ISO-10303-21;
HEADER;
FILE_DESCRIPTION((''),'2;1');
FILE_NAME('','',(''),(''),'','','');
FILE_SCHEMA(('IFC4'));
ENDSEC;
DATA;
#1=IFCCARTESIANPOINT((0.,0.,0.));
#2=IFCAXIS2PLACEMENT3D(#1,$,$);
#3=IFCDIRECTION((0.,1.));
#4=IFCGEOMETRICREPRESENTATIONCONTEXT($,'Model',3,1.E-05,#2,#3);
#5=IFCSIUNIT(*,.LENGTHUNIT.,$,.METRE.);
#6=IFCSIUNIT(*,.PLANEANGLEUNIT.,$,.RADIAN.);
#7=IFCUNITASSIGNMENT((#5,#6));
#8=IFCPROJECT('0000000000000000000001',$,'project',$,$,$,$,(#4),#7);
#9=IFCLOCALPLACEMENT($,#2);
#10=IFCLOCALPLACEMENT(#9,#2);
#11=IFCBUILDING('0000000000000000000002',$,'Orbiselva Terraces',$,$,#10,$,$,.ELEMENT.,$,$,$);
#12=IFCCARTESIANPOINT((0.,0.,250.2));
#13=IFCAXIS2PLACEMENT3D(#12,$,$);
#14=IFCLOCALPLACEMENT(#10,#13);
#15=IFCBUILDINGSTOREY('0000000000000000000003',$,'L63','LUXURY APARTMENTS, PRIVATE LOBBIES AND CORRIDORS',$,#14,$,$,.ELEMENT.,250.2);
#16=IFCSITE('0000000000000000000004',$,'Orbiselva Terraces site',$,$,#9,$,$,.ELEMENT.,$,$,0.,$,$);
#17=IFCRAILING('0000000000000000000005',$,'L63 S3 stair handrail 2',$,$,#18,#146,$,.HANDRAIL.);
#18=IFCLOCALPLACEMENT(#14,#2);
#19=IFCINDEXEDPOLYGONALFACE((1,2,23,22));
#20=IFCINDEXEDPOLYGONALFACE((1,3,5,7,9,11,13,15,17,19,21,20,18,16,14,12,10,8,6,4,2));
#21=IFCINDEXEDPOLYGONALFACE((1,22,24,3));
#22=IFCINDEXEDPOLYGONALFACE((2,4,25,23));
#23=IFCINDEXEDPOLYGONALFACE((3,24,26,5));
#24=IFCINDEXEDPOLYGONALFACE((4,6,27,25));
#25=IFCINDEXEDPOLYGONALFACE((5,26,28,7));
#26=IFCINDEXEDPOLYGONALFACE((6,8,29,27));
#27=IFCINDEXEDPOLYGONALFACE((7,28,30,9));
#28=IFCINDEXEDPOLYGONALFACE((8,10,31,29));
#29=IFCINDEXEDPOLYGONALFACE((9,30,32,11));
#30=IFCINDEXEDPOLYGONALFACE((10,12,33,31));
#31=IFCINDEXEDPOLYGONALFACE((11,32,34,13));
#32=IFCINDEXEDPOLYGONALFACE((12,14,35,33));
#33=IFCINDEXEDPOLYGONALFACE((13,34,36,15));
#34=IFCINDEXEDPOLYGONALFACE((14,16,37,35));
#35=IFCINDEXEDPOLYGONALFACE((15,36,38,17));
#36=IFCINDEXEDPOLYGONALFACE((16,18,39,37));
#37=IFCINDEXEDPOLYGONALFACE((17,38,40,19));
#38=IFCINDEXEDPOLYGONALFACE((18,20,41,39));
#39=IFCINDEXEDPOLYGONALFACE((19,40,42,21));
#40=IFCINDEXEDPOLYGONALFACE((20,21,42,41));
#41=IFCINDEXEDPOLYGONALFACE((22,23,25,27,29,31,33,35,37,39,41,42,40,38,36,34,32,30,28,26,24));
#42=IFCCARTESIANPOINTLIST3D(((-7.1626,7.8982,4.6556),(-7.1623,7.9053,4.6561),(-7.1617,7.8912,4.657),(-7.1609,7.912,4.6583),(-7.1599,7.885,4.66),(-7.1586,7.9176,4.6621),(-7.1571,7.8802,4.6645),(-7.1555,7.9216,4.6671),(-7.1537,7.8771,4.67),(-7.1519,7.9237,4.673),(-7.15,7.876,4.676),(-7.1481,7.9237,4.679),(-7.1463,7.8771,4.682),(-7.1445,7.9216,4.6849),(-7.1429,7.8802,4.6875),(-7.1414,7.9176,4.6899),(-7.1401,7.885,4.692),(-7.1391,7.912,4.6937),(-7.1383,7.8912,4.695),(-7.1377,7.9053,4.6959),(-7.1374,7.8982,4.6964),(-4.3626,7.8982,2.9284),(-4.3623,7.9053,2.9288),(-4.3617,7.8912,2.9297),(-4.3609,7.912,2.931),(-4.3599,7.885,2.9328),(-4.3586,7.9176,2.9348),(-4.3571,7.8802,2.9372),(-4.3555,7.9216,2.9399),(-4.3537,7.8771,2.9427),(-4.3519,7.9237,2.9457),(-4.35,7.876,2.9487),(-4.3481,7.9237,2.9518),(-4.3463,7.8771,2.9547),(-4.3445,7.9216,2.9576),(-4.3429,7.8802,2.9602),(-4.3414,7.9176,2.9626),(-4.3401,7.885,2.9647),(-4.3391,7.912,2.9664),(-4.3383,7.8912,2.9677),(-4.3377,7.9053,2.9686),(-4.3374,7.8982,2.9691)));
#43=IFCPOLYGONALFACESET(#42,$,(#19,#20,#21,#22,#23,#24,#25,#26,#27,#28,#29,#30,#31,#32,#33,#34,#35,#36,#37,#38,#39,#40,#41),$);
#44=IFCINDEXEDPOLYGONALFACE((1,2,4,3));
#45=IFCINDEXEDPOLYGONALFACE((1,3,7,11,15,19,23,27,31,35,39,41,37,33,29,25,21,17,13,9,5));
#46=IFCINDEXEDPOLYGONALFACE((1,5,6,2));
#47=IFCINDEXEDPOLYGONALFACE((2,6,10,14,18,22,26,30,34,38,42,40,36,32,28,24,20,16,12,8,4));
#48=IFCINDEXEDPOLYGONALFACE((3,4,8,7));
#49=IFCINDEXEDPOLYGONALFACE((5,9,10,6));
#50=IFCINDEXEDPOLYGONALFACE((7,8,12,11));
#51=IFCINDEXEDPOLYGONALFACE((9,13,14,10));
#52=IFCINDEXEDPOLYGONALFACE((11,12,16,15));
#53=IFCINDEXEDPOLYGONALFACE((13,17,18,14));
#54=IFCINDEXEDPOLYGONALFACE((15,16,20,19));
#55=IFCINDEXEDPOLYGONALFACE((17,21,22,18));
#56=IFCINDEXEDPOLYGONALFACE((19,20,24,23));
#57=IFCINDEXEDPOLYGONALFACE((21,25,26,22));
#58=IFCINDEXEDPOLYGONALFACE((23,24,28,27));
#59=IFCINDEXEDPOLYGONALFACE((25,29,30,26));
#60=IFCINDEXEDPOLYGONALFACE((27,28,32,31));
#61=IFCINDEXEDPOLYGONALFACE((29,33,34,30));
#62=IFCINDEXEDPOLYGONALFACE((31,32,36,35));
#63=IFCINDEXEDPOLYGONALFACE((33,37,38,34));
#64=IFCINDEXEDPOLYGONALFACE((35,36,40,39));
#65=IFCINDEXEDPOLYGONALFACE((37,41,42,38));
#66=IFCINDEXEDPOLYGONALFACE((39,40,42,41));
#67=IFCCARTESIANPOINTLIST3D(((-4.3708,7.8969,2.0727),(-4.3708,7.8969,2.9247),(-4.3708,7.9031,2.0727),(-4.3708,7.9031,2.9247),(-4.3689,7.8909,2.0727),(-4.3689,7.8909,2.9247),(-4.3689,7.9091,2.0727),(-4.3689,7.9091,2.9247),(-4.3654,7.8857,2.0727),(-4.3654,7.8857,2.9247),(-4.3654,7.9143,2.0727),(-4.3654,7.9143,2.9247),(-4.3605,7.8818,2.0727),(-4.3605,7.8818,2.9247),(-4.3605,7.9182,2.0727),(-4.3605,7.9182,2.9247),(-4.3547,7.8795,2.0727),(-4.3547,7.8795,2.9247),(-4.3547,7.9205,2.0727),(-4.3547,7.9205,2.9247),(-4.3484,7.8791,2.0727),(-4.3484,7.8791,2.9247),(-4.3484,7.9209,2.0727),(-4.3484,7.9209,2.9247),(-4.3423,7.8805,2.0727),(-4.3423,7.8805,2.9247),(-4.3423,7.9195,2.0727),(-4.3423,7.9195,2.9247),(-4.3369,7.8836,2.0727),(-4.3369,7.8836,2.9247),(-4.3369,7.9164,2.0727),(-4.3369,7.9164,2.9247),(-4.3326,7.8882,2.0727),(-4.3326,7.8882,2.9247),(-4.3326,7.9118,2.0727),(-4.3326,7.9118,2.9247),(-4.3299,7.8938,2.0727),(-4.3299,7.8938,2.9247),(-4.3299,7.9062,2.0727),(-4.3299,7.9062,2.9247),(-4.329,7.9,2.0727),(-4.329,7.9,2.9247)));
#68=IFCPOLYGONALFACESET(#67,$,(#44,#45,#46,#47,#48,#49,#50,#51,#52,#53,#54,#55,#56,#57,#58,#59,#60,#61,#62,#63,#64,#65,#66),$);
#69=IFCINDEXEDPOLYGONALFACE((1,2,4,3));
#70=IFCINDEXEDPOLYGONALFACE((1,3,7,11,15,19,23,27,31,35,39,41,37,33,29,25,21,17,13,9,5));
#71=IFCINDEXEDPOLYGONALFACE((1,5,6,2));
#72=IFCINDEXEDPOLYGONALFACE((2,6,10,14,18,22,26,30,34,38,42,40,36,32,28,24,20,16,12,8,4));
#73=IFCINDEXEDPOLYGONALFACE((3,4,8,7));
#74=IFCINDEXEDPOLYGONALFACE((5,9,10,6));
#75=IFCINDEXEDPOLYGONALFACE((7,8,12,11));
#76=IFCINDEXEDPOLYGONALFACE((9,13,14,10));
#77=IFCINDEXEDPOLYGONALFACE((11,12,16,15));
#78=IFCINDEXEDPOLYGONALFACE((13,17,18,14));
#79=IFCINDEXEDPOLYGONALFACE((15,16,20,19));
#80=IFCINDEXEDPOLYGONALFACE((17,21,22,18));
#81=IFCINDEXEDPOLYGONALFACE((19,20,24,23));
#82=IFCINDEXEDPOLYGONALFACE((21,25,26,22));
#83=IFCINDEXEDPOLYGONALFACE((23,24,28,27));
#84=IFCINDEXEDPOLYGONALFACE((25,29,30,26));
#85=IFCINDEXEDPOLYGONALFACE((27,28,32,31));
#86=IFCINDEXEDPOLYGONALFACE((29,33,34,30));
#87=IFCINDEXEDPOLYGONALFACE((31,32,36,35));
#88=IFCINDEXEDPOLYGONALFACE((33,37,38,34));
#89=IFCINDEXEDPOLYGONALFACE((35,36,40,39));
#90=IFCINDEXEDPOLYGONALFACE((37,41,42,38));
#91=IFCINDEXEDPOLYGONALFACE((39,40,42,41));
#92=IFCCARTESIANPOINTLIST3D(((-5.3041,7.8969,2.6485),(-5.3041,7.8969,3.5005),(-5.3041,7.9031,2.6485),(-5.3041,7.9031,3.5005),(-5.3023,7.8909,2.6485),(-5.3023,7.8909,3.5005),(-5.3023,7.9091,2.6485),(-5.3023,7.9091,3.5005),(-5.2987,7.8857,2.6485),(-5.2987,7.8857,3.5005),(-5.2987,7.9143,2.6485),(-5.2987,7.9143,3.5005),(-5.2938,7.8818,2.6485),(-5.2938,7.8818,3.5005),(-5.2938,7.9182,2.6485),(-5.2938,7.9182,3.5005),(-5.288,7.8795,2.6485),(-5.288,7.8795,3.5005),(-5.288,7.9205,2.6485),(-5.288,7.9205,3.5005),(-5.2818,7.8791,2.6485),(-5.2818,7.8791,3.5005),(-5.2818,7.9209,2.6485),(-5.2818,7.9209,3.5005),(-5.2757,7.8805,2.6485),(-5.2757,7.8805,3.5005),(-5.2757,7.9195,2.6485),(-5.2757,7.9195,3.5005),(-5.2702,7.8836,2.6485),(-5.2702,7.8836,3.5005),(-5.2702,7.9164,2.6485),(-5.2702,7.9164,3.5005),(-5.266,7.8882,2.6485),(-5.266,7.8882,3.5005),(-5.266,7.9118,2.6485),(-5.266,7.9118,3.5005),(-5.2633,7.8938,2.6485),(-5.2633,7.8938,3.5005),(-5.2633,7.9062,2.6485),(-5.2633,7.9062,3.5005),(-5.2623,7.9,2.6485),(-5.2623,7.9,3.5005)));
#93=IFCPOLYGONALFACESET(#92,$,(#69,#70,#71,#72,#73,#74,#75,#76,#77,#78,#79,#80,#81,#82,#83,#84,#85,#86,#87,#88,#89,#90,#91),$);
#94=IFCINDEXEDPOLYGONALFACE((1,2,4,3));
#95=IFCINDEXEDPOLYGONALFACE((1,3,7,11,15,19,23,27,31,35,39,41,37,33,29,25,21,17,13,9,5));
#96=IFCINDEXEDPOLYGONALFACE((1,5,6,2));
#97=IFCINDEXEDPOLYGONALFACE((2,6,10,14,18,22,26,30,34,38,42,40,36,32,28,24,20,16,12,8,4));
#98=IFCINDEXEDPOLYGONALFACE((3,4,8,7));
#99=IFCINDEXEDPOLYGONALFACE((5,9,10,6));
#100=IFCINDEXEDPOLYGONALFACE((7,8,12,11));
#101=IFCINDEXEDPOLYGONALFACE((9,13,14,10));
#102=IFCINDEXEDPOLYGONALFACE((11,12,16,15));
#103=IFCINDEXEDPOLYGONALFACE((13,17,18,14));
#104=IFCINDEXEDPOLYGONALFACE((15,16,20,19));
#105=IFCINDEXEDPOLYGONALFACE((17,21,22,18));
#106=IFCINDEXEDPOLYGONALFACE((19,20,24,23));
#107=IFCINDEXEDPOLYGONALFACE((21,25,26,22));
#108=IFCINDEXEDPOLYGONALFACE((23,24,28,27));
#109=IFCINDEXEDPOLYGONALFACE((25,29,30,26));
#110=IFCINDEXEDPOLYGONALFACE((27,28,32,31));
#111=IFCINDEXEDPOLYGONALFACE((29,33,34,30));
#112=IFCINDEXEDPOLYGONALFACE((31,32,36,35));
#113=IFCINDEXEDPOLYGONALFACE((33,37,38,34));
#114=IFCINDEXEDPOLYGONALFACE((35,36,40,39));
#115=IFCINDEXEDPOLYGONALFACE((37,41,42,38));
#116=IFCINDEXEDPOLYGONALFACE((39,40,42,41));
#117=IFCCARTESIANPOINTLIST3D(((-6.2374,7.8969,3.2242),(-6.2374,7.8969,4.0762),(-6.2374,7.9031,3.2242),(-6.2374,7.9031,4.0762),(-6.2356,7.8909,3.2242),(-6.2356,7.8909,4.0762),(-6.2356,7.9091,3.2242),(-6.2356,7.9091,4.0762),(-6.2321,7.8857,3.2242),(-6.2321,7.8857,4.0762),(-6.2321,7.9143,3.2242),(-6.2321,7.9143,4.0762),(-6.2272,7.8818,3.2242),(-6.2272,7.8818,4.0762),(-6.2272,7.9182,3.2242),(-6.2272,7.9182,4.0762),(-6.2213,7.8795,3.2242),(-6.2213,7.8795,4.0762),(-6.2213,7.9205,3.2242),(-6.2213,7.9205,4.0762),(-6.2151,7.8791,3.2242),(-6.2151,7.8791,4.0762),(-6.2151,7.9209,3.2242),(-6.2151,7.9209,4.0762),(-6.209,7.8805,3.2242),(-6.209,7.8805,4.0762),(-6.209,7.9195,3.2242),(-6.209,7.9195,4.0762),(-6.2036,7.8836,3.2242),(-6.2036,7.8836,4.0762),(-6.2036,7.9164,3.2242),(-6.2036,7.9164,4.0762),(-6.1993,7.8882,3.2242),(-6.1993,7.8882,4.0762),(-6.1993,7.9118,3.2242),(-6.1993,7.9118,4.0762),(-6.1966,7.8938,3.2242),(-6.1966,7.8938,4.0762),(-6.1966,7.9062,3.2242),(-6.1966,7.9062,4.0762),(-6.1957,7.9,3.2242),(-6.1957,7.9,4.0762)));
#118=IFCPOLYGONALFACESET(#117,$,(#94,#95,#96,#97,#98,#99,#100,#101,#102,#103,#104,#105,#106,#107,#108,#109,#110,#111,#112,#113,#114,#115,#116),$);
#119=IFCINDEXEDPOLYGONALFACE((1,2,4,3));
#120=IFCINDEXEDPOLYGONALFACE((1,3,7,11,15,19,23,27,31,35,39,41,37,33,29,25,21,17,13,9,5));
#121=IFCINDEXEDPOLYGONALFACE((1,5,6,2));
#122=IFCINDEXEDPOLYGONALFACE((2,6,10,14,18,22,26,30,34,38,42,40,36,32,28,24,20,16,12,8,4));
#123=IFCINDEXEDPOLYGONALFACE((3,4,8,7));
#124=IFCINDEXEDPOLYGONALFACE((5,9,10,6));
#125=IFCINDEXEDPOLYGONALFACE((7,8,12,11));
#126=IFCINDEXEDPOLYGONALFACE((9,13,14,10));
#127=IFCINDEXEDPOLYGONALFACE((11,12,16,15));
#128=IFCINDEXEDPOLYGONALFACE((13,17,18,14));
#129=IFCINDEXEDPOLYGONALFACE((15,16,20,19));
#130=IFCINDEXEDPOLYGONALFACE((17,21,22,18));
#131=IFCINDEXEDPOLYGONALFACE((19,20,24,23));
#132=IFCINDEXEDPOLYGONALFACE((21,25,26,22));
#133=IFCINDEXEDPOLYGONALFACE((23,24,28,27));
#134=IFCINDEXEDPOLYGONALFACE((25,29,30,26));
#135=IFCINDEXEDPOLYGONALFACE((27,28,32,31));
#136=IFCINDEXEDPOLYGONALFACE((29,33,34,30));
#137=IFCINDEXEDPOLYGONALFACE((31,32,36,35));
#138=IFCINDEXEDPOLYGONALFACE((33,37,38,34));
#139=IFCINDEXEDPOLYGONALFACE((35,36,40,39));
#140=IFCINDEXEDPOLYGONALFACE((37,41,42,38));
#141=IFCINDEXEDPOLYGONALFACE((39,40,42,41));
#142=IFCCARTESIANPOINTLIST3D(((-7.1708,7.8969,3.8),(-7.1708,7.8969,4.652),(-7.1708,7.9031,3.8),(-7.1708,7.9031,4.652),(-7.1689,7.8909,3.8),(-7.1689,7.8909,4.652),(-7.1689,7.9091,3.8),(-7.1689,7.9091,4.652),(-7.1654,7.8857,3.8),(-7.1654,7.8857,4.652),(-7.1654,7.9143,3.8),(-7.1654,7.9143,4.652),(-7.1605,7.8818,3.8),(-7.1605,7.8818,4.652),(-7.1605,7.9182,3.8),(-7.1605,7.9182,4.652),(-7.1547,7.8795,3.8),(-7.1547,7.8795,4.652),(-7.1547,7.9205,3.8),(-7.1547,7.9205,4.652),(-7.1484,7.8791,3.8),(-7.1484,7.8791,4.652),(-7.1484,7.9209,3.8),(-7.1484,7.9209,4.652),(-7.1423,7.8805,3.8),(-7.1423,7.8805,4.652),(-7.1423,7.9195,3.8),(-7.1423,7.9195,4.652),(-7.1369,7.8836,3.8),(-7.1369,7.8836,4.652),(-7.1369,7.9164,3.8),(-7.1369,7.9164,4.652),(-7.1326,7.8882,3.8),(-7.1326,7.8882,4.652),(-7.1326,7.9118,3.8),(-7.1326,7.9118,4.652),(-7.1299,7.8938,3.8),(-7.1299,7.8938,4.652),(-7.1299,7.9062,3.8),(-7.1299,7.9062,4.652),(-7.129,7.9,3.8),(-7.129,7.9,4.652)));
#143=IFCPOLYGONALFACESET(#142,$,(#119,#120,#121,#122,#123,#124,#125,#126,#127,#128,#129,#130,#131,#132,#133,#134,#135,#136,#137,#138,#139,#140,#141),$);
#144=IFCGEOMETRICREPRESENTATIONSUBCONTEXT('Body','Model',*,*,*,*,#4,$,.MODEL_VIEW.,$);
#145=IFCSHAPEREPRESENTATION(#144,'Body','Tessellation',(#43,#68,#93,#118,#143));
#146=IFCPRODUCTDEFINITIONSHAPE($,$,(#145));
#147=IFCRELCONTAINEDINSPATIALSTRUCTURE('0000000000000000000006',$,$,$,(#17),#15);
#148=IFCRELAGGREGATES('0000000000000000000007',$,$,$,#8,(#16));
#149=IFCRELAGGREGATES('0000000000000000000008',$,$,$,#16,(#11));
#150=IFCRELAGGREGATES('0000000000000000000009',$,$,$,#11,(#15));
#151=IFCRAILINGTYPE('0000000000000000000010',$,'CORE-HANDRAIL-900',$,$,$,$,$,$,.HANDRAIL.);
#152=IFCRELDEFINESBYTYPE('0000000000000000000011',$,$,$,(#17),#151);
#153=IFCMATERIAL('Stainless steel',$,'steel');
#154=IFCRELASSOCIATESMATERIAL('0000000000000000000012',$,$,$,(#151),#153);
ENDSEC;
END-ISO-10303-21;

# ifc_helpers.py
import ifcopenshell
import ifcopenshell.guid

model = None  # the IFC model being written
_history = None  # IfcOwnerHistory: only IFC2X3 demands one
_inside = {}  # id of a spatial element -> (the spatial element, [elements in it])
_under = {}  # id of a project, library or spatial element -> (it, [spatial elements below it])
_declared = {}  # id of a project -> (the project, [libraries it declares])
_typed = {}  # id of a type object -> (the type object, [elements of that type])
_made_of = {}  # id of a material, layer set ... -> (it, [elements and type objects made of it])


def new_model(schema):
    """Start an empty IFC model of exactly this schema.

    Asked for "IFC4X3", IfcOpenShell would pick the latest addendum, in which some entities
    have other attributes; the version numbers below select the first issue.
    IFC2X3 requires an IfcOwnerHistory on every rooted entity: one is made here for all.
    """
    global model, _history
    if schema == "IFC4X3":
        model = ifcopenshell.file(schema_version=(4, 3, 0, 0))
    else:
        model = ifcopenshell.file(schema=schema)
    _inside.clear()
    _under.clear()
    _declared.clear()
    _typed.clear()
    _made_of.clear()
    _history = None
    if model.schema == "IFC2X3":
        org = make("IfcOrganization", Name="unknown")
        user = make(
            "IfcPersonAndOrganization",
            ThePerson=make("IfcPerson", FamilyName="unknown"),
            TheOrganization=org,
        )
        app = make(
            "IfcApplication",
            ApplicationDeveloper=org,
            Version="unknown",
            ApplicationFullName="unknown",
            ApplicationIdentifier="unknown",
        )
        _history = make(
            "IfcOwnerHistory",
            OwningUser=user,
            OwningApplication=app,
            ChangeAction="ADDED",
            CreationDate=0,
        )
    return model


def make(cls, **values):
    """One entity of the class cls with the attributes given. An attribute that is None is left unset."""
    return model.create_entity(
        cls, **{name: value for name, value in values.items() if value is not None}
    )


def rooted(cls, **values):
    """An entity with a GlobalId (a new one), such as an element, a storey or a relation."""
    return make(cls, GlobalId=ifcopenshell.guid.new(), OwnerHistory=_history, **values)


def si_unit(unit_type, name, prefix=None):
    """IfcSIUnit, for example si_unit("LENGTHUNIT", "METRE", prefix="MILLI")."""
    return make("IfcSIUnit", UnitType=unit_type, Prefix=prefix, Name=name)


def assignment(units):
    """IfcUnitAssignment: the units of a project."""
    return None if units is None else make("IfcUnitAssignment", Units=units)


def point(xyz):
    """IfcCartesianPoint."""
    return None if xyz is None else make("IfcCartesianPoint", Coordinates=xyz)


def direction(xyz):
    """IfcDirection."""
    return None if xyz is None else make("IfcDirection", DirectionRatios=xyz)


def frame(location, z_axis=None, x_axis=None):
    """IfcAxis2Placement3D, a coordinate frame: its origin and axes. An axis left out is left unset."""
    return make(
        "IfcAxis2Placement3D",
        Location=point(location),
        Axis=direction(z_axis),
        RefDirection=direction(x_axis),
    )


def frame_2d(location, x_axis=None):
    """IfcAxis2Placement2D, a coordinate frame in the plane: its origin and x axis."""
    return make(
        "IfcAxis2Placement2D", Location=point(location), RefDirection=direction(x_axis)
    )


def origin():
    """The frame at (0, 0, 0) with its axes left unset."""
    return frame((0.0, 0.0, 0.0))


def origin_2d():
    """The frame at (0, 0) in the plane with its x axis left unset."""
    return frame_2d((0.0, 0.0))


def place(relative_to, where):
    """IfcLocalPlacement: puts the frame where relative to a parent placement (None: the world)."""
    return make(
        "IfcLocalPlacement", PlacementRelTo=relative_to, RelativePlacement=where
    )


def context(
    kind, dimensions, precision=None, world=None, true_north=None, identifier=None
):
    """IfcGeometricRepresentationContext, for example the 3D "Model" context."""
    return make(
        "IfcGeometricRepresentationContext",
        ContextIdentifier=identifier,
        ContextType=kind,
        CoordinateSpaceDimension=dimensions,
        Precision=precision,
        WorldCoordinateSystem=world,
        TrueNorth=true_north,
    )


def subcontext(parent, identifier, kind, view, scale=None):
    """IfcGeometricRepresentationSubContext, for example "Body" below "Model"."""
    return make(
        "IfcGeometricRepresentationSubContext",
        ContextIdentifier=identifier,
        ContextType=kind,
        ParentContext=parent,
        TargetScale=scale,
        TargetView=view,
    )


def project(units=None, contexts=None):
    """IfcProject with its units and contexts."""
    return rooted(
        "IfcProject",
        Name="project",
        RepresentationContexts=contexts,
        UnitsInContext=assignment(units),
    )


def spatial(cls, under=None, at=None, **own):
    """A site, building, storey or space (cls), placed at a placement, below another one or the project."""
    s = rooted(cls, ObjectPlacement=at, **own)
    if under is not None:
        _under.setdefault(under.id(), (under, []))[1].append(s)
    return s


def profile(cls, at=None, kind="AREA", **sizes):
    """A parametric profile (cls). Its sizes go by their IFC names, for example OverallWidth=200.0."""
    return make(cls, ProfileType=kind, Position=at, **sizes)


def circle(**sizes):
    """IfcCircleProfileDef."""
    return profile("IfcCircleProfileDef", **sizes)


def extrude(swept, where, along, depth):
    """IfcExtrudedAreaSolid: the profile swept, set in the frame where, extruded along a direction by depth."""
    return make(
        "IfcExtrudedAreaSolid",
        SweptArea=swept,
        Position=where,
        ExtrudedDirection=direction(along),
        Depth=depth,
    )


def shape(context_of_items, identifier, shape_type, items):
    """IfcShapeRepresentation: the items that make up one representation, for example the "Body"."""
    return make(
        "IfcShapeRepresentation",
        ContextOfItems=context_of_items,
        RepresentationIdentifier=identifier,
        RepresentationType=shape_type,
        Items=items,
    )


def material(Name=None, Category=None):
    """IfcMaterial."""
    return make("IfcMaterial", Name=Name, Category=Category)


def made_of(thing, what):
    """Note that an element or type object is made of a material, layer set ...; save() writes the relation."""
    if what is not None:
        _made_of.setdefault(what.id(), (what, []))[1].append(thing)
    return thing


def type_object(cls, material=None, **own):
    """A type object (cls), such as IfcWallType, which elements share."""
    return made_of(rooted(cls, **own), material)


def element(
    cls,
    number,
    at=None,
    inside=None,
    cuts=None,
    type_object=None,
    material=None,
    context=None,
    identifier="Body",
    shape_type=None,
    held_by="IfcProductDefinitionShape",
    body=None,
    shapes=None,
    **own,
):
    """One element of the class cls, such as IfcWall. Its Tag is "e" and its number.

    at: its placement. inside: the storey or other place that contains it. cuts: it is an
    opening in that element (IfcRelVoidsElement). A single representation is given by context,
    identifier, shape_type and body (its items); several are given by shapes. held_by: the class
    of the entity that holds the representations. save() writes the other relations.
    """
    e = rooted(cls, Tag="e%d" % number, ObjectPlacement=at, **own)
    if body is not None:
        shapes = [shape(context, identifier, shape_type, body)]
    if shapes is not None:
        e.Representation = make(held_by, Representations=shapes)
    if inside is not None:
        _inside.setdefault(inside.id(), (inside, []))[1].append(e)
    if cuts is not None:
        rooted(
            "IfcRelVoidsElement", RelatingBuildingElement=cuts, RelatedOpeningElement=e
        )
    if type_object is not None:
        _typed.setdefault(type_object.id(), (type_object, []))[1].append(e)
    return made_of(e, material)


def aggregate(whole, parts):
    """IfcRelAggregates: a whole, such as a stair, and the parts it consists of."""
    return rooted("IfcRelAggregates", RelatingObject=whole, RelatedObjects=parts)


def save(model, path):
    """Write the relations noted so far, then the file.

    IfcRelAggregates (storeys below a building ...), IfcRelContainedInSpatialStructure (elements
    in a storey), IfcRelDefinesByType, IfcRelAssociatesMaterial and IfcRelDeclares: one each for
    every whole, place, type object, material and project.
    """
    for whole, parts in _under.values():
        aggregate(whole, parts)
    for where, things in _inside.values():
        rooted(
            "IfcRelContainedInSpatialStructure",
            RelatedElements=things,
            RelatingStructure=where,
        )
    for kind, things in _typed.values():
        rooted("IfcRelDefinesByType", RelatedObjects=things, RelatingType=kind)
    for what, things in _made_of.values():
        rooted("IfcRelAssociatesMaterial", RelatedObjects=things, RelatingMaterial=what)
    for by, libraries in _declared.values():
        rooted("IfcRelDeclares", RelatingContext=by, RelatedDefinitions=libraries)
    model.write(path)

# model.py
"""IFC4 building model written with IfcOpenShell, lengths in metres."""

from ifc_helpers import new_model, si_unit, direction, frame, origin, origin_2d, place, context, subcontext, project, spatial, circle, extrude, material, type_object, element, save


model = new_model("IFC4")

# Units and contexts
model_context = context("Model", 3, precision=1e-05, world=origin(), true_north=direction((0.0, 1.0)))
body_context = subcontext(model_context, "Body", "Model", "MODEL_VIEW")
ifc_project = project(units=[si_unit("LENGTHUNIT", "METRE"), si_unit("PLANEANGLEUNIT", "RADIAN")], contexts=[model_context])

# Site, building, storey
site_placement = place(None, origin())
site = spatial("IfcSite", under=ifc_project, at=site_placement, Name="Orbiselva Terraces site", CompositionType="ELEMENT", RefElevation=0.0)
building_placement = place(site_placement, origin())
building = spatial("IfcBuilding", under=site, at=building_placement, Name="Orbiselva Terraces", CompositionType="ELEMENT")
storey_placement = place(building_placement, frame((0.0, 0.0, 250.2)))
storey = spatial("IfcBuildingStorey", under=building, at=storey_placement, Name="L63", Description="LUXURY APARTMENTS, PRIVATE LOBBIES AND CORRIDORS", CompositionType="ELEMENT", Elevation=250.2)

# Railing
ifc_material_1 = material(Name="Stainless steel", Category="steel")
railing_type_1 = type_object("IfcRailingType", Name="CORE-HANDRAIL-900", PredefinedType="HANDRAIL", material=ifc_material_1)
railing_1_placement = place(storey_placement, frame((-4.35, 7.9, 2.0727)))
element("IfcRailing", 1, at=railing_1_placement, inside=storey, type_object=railing_type_1, Name="L63 S3 stair handrail 2", PredefinedType="HANDRAIL", context=body_context, shape_type="SweptSolid", body=[
    extrude(circle(Radius=0.024, at=origin_2d()), frame((0.0, 0.0, 0.876), z_axis=(-0.851089, 0.0, 0.525022), x_axis=(0.0, -1.0, 0.0)), (0.0, 0.0, 1.0), 3.2899),
    extrude(circle(Radius=0.021, at=origin_2d()), origin(), (0.0, 0.0, 1.0), 0.852),
    extrude(circle(Radius=0.021, at=origin_2d()), frame((-0.9333, 0.0, 0.5758)), (0.0, 0.0, 1.0), 0.852),
    extrude(circle(Radius=0.021, at=origin_2d()), frame((-1.8667, 0.0, 1.1515)), (0.0, 0.0, 1.0), 0.852),
    extrude(circle(Radius=0.021, at=origin_2d()), frame((-2.8, 0.0, 1.7273)), (0.0, 0.0, 1.0), 0.852),
])

save(model, "model.ifc")
